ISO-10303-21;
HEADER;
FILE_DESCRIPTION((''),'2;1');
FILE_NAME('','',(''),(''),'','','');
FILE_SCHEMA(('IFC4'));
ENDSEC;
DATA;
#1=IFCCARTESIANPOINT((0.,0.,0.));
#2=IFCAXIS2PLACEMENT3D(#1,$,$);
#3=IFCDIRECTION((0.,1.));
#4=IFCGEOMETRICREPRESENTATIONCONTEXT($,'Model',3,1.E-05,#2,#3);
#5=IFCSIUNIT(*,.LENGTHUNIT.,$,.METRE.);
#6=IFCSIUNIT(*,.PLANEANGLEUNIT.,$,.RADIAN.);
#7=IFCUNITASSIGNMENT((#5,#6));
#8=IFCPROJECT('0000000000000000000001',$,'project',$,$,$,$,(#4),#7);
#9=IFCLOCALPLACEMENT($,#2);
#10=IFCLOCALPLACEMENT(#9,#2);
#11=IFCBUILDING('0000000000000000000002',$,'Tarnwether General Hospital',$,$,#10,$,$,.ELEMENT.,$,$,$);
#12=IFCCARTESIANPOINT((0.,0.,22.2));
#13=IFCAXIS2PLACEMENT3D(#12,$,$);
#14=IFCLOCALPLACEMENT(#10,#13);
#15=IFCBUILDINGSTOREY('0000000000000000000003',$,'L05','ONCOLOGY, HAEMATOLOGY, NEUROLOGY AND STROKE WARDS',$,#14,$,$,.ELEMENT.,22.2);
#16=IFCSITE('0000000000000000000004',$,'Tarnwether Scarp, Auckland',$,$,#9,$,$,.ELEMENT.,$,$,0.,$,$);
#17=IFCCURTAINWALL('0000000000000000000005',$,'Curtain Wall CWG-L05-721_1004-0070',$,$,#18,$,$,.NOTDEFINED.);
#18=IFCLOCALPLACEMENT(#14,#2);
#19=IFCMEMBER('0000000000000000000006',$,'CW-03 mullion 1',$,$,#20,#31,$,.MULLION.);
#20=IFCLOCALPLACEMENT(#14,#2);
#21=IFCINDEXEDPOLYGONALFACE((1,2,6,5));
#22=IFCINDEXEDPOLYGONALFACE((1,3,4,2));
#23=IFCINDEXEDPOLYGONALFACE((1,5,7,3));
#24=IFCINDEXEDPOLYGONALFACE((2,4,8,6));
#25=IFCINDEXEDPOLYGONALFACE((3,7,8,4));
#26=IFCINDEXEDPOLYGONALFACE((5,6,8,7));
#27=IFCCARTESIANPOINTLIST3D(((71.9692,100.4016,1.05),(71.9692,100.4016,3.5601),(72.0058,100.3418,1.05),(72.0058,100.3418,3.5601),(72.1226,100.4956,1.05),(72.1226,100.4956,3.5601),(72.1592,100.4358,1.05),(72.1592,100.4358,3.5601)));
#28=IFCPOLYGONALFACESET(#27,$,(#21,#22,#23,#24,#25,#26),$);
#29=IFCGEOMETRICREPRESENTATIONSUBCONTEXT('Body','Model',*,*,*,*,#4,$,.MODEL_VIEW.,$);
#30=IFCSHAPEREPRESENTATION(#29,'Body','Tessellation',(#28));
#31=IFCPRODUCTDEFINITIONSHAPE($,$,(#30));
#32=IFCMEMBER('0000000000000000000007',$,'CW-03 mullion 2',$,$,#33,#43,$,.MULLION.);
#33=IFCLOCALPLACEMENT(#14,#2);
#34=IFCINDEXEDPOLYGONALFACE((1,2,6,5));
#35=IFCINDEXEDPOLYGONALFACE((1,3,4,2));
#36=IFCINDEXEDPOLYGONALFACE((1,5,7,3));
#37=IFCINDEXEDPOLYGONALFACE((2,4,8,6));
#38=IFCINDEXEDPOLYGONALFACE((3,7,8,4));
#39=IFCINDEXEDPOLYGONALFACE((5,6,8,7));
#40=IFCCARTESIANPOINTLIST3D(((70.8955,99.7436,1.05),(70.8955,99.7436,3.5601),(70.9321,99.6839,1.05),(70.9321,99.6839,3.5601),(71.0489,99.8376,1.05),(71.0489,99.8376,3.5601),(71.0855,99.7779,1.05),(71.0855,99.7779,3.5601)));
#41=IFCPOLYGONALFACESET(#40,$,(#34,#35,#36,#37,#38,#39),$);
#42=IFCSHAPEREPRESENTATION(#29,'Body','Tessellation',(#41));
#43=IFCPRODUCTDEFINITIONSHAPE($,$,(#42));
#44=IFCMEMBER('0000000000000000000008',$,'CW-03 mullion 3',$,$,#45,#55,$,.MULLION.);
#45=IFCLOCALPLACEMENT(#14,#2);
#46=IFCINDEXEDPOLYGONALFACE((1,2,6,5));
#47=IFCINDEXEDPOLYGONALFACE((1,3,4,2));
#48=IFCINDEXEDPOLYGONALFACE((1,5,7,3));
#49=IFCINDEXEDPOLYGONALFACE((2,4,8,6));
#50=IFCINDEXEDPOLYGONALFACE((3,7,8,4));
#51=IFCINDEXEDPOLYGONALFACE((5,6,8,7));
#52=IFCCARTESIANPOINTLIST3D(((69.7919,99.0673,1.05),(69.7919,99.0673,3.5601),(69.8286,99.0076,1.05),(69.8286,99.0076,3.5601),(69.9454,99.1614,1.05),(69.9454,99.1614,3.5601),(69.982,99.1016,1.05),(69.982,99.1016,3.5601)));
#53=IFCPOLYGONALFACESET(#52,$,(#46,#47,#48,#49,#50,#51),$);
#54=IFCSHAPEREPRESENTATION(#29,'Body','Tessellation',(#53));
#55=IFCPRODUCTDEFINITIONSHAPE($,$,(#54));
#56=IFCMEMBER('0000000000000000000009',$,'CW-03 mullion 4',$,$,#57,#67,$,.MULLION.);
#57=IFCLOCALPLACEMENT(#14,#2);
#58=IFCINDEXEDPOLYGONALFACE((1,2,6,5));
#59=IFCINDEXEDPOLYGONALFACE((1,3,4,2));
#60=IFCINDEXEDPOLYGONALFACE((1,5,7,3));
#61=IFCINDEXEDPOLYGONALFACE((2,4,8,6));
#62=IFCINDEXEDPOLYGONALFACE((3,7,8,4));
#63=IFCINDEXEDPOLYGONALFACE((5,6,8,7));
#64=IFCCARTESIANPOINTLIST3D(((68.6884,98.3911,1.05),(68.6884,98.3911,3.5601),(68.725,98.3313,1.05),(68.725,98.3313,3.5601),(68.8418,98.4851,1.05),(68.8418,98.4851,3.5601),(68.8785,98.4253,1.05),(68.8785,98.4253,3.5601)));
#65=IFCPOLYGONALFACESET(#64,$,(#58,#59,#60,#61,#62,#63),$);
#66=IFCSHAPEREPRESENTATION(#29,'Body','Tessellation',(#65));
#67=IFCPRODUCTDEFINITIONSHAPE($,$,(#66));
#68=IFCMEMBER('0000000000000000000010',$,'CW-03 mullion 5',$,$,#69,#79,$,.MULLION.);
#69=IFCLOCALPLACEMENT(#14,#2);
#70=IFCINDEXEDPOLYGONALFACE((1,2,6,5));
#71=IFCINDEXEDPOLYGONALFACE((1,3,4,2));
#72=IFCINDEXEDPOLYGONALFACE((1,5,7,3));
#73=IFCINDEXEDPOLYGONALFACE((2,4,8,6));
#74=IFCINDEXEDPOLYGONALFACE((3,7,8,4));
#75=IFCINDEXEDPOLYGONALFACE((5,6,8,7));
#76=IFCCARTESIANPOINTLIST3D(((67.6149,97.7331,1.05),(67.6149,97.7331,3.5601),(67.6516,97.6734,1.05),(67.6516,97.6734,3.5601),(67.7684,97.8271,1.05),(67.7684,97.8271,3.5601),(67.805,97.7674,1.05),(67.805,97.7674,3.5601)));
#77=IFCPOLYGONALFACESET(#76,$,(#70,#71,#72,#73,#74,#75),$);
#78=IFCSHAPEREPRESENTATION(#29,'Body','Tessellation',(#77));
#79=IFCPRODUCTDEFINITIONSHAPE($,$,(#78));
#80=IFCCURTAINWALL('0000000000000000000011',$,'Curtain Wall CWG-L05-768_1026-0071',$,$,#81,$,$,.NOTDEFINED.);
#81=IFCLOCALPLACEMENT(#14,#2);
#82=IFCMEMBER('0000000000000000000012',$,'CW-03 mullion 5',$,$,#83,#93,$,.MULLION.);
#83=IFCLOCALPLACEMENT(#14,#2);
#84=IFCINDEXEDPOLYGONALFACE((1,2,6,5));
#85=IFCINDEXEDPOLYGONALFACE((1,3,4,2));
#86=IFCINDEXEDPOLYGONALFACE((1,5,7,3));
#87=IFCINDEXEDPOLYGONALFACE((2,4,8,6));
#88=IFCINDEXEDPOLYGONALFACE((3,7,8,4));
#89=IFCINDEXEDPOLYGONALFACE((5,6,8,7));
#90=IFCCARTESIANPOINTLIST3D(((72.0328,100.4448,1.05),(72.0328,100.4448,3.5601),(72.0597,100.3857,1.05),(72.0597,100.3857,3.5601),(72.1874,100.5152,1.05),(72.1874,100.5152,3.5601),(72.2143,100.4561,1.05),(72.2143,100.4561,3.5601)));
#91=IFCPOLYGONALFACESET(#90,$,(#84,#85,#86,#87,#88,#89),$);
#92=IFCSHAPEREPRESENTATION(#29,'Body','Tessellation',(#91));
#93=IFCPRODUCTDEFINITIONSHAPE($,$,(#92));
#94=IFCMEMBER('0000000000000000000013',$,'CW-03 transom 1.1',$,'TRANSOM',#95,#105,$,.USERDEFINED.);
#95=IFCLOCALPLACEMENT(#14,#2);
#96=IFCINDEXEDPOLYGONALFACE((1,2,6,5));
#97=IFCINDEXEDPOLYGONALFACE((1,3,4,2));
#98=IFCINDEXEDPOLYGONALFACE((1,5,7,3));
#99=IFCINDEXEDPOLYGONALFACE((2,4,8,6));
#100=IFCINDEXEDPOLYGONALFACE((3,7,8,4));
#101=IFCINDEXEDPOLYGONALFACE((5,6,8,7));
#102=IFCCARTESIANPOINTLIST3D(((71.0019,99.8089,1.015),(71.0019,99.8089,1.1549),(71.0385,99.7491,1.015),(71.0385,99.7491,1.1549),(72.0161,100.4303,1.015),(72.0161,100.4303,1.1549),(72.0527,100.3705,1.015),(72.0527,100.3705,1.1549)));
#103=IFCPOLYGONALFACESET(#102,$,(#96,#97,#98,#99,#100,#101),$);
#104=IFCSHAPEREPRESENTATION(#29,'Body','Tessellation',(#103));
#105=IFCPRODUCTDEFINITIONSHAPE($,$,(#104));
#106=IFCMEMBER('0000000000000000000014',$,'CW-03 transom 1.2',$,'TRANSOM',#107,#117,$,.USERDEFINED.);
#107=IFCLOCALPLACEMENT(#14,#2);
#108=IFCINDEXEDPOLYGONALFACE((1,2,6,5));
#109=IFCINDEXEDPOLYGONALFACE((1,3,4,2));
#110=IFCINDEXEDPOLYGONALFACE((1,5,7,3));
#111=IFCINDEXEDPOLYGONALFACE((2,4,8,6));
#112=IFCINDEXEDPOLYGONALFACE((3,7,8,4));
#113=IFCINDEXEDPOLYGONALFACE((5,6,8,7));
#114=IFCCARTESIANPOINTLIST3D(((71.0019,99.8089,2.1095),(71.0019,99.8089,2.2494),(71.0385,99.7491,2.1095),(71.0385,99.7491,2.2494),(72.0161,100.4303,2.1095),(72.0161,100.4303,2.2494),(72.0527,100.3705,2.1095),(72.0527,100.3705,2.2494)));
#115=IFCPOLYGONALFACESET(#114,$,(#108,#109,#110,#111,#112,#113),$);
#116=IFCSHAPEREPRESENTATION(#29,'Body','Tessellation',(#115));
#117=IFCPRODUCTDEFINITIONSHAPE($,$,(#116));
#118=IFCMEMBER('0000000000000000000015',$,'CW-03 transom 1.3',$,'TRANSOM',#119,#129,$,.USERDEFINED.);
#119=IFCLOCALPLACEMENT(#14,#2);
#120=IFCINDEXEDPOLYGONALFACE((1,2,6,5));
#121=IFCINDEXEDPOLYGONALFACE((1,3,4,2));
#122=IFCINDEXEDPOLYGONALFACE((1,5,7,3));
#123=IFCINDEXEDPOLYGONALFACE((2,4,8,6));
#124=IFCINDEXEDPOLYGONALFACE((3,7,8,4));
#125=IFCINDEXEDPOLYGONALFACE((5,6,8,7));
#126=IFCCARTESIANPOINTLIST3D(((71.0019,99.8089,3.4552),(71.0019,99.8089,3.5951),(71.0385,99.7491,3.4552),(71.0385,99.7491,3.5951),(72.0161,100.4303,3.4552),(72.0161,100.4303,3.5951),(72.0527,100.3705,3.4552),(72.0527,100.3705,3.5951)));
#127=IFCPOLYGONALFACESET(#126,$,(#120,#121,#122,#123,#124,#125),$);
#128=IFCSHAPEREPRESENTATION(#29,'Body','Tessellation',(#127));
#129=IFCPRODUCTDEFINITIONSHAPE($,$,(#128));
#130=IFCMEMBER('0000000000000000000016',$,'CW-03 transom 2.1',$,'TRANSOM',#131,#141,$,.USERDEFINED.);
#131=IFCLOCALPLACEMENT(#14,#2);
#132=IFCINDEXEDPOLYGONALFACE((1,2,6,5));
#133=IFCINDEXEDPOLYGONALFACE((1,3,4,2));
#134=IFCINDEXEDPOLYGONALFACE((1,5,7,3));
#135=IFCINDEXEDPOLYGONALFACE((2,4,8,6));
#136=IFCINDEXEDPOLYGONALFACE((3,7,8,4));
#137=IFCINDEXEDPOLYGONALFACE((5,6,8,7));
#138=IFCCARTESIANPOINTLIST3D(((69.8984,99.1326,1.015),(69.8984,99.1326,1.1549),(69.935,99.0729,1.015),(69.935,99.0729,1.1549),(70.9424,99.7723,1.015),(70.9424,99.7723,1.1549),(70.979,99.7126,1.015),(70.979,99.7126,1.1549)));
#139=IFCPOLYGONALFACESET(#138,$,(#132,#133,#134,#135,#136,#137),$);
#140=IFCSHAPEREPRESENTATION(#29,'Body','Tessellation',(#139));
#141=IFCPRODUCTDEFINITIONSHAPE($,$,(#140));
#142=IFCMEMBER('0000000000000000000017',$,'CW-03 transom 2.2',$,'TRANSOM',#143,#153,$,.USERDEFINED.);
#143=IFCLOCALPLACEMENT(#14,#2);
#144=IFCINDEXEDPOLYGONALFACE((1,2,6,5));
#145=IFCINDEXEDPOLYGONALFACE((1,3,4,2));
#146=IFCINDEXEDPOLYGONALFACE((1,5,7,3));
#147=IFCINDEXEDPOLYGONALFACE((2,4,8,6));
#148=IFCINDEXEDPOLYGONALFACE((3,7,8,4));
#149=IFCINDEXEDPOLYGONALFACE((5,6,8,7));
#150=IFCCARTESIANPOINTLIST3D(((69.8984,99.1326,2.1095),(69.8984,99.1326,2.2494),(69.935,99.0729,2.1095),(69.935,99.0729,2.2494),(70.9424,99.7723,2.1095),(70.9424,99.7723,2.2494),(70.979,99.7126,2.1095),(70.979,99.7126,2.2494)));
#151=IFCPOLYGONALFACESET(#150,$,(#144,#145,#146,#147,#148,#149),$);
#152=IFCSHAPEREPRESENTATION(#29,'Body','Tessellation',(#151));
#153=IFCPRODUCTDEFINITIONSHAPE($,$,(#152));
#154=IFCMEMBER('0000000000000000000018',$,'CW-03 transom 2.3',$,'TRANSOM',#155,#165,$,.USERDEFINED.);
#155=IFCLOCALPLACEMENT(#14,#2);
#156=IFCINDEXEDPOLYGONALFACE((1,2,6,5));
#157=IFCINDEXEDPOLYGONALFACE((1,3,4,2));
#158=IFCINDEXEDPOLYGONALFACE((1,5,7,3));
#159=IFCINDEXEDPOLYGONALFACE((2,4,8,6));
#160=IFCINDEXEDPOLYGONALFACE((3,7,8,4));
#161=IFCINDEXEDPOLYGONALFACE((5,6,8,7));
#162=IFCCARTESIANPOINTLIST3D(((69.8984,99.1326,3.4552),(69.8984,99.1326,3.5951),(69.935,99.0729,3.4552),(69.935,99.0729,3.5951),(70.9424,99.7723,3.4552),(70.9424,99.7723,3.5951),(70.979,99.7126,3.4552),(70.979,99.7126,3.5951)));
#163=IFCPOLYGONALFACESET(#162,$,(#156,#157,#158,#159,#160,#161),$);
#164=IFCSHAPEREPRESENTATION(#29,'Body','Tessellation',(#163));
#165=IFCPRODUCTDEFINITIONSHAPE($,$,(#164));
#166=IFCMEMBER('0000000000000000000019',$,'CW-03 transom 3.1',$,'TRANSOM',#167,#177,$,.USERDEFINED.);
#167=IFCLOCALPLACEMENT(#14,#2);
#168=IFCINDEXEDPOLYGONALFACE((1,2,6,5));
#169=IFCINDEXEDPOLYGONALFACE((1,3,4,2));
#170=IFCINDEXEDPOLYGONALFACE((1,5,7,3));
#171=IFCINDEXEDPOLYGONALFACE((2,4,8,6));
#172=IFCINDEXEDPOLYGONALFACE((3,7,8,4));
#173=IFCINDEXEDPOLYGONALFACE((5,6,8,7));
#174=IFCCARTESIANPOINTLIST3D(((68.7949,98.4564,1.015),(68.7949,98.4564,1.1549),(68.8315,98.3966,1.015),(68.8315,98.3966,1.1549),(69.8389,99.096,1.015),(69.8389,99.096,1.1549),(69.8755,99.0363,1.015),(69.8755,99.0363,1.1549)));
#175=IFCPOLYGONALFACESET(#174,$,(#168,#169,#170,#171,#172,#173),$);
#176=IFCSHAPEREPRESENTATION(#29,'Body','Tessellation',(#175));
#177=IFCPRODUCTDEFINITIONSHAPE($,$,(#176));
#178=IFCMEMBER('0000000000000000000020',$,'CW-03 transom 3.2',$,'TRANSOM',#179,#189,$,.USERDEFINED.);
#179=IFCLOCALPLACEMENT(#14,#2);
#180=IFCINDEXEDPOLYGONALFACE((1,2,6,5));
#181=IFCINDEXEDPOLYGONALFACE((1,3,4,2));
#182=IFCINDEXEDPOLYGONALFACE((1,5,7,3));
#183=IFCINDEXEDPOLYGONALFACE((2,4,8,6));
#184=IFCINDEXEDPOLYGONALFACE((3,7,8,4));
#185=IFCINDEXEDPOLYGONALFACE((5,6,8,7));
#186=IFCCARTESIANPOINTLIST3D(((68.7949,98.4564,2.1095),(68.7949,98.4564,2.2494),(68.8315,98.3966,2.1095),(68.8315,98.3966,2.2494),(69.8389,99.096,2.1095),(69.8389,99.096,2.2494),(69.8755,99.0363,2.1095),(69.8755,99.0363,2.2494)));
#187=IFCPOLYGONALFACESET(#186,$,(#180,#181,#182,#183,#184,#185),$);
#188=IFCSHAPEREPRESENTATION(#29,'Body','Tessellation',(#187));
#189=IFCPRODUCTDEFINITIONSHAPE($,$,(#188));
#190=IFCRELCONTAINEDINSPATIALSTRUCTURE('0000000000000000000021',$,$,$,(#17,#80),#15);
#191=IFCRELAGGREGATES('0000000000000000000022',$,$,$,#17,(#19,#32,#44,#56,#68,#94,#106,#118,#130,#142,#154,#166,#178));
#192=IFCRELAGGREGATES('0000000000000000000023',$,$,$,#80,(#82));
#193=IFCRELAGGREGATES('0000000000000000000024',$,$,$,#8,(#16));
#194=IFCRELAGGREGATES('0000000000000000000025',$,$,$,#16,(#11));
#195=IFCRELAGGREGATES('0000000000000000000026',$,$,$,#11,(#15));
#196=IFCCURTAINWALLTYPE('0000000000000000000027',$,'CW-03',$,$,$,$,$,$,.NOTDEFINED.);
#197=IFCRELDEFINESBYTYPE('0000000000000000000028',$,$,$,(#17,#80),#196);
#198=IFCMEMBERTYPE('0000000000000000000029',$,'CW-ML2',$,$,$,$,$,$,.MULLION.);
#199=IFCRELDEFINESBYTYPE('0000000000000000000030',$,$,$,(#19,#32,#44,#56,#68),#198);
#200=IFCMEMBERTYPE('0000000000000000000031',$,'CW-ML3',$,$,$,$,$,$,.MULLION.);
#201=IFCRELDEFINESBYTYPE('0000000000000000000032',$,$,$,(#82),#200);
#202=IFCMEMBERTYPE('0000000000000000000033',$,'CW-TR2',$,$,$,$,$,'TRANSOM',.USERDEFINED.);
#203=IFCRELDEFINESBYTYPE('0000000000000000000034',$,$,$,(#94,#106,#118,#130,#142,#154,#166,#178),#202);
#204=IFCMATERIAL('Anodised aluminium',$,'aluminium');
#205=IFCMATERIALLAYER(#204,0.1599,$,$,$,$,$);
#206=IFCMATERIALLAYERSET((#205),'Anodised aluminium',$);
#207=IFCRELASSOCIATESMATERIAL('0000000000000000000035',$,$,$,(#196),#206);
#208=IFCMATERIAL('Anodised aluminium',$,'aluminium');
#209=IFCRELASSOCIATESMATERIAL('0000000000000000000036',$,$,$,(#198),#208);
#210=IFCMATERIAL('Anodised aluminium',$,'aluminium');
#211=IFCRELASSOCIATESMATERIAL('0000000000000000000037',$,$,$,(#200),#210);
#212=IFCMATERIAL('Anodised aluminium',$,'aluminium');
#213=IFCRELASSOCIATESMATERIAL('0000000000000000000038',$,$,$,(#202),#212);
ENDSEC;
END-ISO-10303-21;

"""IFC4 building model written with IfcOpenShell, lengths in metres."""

from ifc_helpers import new_model, si_unit, direction, frame, origin, origin_2d, place, context, subcontext, project, spatial, rectangle, extrude, material, layer, layer_set, material_profile, profile_set, type_object, element, aggregate, save


model = new_model("IFC4")

# Units and contexts
model_context = context("Model", 3, precision=1e-05, world=origin(), true_north=direction((0.0, 1.0)))
body_context = subcontext(model_context, "Body", "Model", "MODEL_VIEW")
ifc_project = project(units=[si_unit("LENGTHUNIT", "METRE"), si_unit("PLANEANGLEUNIT", "RADIAN")], contexts=[model_context])

# Site, building, storey
site_placement = place(None, origin())
site = spatial("IfcSite", under=ifc_project, at=site_placement, Name="Tarnwether Scarp, Auckland", CompositionType="ELEMENT", RefElevation=0.0)
building_placement = place(site_placement, origin())
building = spatial("IfcBuilding", under=site, at=building_placement, Name="Tarnwether General Hospital", CompositionType="ELEMENT")
storey_placement = place(building_placement, frame((0.0, 0.0, 22.2)))
storey = spatial("IfcBuildingStorey", under=building, at=storey_placement, Name="L05", Description="ONCOLOGY, HAEMATOLOGY, NEUROLOGY AND STROKE WARDS", CompositionType="ELEMENT", Elevation=22.2)

# Curtain wall, members
ifc_material_1 = material(Name="Anodised aluminium", Category="aluminium")
ifc_layer_1 = layer(ifc_material_1, 0.1599)
ifc_layer_set_1 = layer_set([ifc_layer_1], Name="Anodised aluminium")
curtain_wall_type = type_object("IfcCurtainWallType", Name="CW-03", PredefinedType="NOTDEFINED", material=ifc_layer_set_1)
curtain_wall_1_placement = place(storey_placement, origin())
curtain_wall_1 = element("IfcCurtainWall", 1, at=curtain_wall_1_placement, inside=storey, type_object=curtain_wall_type, Name="Curtain Wall CWG-L05-721_1004-0070", PredefinedType="NOTDEFINED")
ifc_material_2 = material(Name="Anodised aluminium", Category="aluminium")
ifc_material_profile_1 = material_profile(ifc_material_2, rectangle(XDim=0.0701, YDim=0.1799, at=origin_2d()), Name="ALU-MUL-70x180")
ifc_profile_set_1 = profile_set([ifc_material_profile_1], Name="Anodised aluminium")
member_type_1 = type_object("IfcMemberType", Name="CW-ML2", PredefinedType="MULLION", material=ifc_profile_set_1)
member_1_placement = place(storey_placement, frame((72.0642, 100.4187, 1.05), z_axis=(0.0, 0.0, 1.0), x_axis=(0.522512, -0.852632, 0.0)))
member_1 = element("IfcMember", 2, at=member_1_placement, type_object=member_type_1, Name="CW-03 mullion 1", PredefinedType="MULLION", context=body_context, shape_type="SweptSolid", body=[
    extrude(rectangle(XDim=0.0701, YDim=0.1799, at=origin_2d()), origin(), (0.0, 0.0, 1.0), 2.51),
])
member_2_placement = place(storey_placement, frame((70.9905, 99.7607, 1.05), z_axis=(0.0, 0.0, 1.0), x_axis=(0.522512, -0.852632, 0.0)))
member_2 = element("IfcMember", 3, at=member_2_placement, type_object=member_type_1, Name="CW-03 mullion 2", PredefinedType="MULLION", context=body_context, shape_type="SweptSolid", body=[
    extrude(rectangle(XDim=0.0701, YDim=0.1799, at=origin_2d()), origin(), (0.0, 0.0, 1.0), 2.51),
])
member_3_placement = place(storey_placement, frame((69.887, 99.0845, 1.05), z_axis=(0.0, 0.0, 1.0), x_axis=(0.522512, -0.852632, 0.0)))
member_3 = element("IfcMember", 4, at=member_3_placement, type_object=member_type_1, Name="CW-03 mullion 3", PredefinedType="MULLION", context=body_context, shape_type="SweptSolid", body=[
    extrude(rectangle(XDim=0.0701, YDim=0.1799, at=origin_2d()), origin(), (0.0, 0.0, 1.0), 2.51),
])
member_4_placement = place(storey_placement, frame((68.7834, 98.4082, 1.05), z_axis=(0.0, 0.0, 1.0), x_axis=(0.522512, -0.852632, 0.0)))
member_4 = element("IfcMember", 5, at=member_4_placement, type_object=member_type_1, Name="CW-03 mullion 4", PredefinedType="MULLION", context=body_context, shape_type="SweptSolid", body=[
    extrude(rectangle(XDim=0.0701, YDim=0.1799, at=origin_2d()), origin(), (0.0, 0.0, 1.0), 2.51),
])
member_5_placement = place(storey_placement, frame((67.71, 97.7502, 1.05), z_axis=(0.0, 0.0, 1.0), x_axis=(0.522512, -0.852632, 0.0)))
member_5 = element("IfcMember", 6, at=member_5_placement, type_object=member_type_1, Name="CW-03 mullion 5", PredefinedType="MULLION", context=body_context, shape_type="SweptSolid", body=[
    extrude(rectangle(XDim=0.0701, YDim=0.1799, at=origin_2d()), origin(), (0.0, 0.0, 1.0), 2.51),
])

# Curtain wall, member
curtain_wall_2_placement = place(storey_placement, origin())
curtain_wall_2 = element("IfcCurtainWall", 7, at=curtain_wall_2_placement, inside=storey, type_object=curtain_wall_type, Name="Curtain Wall CWG-L05-768_1026-0071", PredefinedType="NOTDEFINED")
ifc_material_3 = material(Name="Anodised aluminium", Category="aluminium")
ifc_material_profile_2 = material_profile(ifc_material_3, rectangle(XDim=0.0649, YDim=0.1699, at=origin_2d()), Name="ALU-MUL-65x170")
ifc_profile_set_2 = profile_set([ifc_material_profile_2], Name="Anodised aluminium")
member_type_2 = type_object("IfcMemberType", Name="CW-ML3", PredefinedType="MULLION", material=ifc_profile_set_2)
member_6_placement = place(storey_placement, frame((72.1235, 100.4504, 1.05), z_axis=(0.0, 0.0, 1.0), x_axis=(0.414705, -0.909956, 0.0)))
member_6 = element("IfcMember", 8, at=member_6_placement, type_object=member_type_2, Name="CW-03 mullion 5", PredefinedType="MULLION", context=body_context, shape_type="SweptSolid", body=[
    extrude(rectangle(XDim=0.0649, YDim=0.1699, at=origin_2d()), origin(), (0.0, 0.0, 1.0), 2.51),
])

# Members
ifc_material_4 = material(Name="Anodised aluminium", Category="aluminium")
ifc_material_profile_3 = material_profile(ifc_material_4, rectangle(XDim=0.0701, YDim=0.1399, at=origin_2d()), Name="ALU-TRN-70x140")
ifc_profile_set_3 = profile_set([ifc_material_profile_3], Name="Anodised aluminium")
member_type_3 = type_object("IfcMemberType", Name="CW-TR2", ElementType="TRANSOM", PredefinedType="USERDEFINED", material=ifc_profile_set_3)
member_7_placement = place(storey_placement, frame((72.0344, 100.4004, 1.085), z_axis=(-0.852693, -0.522413, 0.0), x_axis=(0.522413, -0.852693, 0.0)))
member_7 = element("IfcMember", 9, at=member_7_placement, type_object=member_type_3, Name="CW-03 transom 1.1", ObjectType="TRANSOM", PredefinedType="USERDEFINED", context=body_context, shape_type="SweptSolid", body=[
    extrude(rectangle(XDim=0.0701, YDim=0.1399, at=origin_2d()), origin(), (0.0, 0.0, 1.0), 1.1895),
])
member_8_placement = place(storey_placement, frame((72.0344, 100.4004, 2.1794), z_axis=(-0.852693, -0.522413, 0.0), x_axis=(0.522413, -0.852693, 0.0)))
member_8 = element("IfcMember", 10, at=member_8_placement, type_object=member_type_3, Name="CW-03 transom 1.2", ObjectType="TRANSOM", PredefinedType="USERDEFINED", context=body_context, shape_type="SweptSolid", body=[
    extrude(rectangle(XDim=0.0701, YDim=0.1399, at=origin_2d()), origin(), (0.0, 0.0, 1.0), 1.1895),
])
member_9_placement = place(storey_placement, frame((72.0344, 100.4004, 3.5251), z_axis=(-0.852693, -0.522413, 0.0), x_axis=(0.522413, -0.852693, 0.0)))
member_9 = element("IfcMember", 11, at=member_9_placement, type_object=member_type_3, Name="CW-03 transom 1.3", ObjectType="TRANSOM", PredefinedType="USERDEFINED", context=body_context, shape_type="SweptSolid", body=[
    extrude(rectangle(XDim=0.0701, YDim=0.1399, at=origin_2d()), origin(), (0.0, 0.0, 1.0), 1.1895),
])
member_10_placement = place(storey_placement, frame((70.9607, 99.7424, 1.085), z_axis=(-0.85267, -0.52245, 0.0), x_axis=(0.52245, -0.85267, 0.0)))
member_10 = element("IfcMember", 12, at=member_10_placement, type_object=member_type_3, Name="CW-03 transom 2.1", ObjectType="TRANSOM", PredefinedType="USERDEFINED", context=body_context, shape_type="SweptSolid", body=[
    extrude(rectangle(XDim=0.0701, YDim=0.1399, at=origin_2d()), origin(), (0.0, 0.0, 1.0), 1.2244),
])
member_11_placement = place(storey_placement, frame((70.9607, 99.7424, 2.1794), z_axis=(-0.85267, -0.52245, 0.0), x_axis=(0.52245, -0.85267, 0.0)))
member_11 = element("IfcMember", 13, at=member_11_placement, type_object=member_type_3, Name="CW-03 transom 2.2", ObjectType="TRANSOM", PredefinedType="USERDEFINED", context=body_context, shape_type="SweptSolid", body=[
    extrude(rectangle(XDim=0.0701, YDim=0.1399, at=origin_2d()), origin(), (0.0, 0.0, 1.0), 1.2244),
])
member_12_placement = place(storey_placement, frame((70.9607, 99.7424, 3.5251), z_axis=(-0.85267, -0.52245, 0.0), x_axis=(0.52245, -0.85267, 0.0)))
member_12 = element("IfcMember", 14, at=member_12_placement, type_object=member_type_3, Name="CW-03 transom 2.3", ObjectType="TRANSOM", PredefinedType="USERDEFINED", context=body_context, shape_type="SweptSolid", body=[
    extrude(rectangle(XDim=0.0701, YDim=0.1399, at=origin_2d()), origin(), (0.0, 0.0, 1.0), 1.2244),
])
member_13_placement = place(storey_placement, frame((69.8572, 99.0662, 1.085), z_axis=(-0.85267, -0.52245, 0.0), x_axis=(0.52245, -0.85267, 0.0)))
member_13 = element("IfcMember", 15, at=member_13_placement, type_object=member_type_3, Name="CW-03 transom 3.1", ObjectType="TRANSOM", PredefinedType="USERDEFINED", context=body_context, shape_type="SweptSolid", body=[
    extrude(rectangle(XDim=0.0701, YDim=0.1399, at=origin_2d()), origin(), (0.0, 0.0, 1.0), 1.2244),
])
member_14_placement = place(storey_placement, frame((69.8572, 99.0662, 2.1794), z_axis=(-0.85267, -0.52245, 0.0), x_axis=(0.52245, -0.85267, 0.0)))
member_14 = element("IfcMember", 16, at=member_14_placement, type_object=member_type_3, Name="CW-03 transom 3.2", ObjectType="TRANSOM", PredefinedType="USERDEFINED", context=body_context, shape_type="SweptSolid", body=[
    extrude(rectangle(XDim=0.0701, YDim=0.1399, at=origin_2d()), origin(), (0.0, 0.0, 1.0), 1.2244),
])

aggregate(curtain_wall_1, [member_1, member_2, member_3, member_4, member_5, member_7, member_8, member_9, member_10, member_11, member_12, member_13, member_14])
aggregate(curtain_wall_2, [member_6])

save(model, "model.ifc")
